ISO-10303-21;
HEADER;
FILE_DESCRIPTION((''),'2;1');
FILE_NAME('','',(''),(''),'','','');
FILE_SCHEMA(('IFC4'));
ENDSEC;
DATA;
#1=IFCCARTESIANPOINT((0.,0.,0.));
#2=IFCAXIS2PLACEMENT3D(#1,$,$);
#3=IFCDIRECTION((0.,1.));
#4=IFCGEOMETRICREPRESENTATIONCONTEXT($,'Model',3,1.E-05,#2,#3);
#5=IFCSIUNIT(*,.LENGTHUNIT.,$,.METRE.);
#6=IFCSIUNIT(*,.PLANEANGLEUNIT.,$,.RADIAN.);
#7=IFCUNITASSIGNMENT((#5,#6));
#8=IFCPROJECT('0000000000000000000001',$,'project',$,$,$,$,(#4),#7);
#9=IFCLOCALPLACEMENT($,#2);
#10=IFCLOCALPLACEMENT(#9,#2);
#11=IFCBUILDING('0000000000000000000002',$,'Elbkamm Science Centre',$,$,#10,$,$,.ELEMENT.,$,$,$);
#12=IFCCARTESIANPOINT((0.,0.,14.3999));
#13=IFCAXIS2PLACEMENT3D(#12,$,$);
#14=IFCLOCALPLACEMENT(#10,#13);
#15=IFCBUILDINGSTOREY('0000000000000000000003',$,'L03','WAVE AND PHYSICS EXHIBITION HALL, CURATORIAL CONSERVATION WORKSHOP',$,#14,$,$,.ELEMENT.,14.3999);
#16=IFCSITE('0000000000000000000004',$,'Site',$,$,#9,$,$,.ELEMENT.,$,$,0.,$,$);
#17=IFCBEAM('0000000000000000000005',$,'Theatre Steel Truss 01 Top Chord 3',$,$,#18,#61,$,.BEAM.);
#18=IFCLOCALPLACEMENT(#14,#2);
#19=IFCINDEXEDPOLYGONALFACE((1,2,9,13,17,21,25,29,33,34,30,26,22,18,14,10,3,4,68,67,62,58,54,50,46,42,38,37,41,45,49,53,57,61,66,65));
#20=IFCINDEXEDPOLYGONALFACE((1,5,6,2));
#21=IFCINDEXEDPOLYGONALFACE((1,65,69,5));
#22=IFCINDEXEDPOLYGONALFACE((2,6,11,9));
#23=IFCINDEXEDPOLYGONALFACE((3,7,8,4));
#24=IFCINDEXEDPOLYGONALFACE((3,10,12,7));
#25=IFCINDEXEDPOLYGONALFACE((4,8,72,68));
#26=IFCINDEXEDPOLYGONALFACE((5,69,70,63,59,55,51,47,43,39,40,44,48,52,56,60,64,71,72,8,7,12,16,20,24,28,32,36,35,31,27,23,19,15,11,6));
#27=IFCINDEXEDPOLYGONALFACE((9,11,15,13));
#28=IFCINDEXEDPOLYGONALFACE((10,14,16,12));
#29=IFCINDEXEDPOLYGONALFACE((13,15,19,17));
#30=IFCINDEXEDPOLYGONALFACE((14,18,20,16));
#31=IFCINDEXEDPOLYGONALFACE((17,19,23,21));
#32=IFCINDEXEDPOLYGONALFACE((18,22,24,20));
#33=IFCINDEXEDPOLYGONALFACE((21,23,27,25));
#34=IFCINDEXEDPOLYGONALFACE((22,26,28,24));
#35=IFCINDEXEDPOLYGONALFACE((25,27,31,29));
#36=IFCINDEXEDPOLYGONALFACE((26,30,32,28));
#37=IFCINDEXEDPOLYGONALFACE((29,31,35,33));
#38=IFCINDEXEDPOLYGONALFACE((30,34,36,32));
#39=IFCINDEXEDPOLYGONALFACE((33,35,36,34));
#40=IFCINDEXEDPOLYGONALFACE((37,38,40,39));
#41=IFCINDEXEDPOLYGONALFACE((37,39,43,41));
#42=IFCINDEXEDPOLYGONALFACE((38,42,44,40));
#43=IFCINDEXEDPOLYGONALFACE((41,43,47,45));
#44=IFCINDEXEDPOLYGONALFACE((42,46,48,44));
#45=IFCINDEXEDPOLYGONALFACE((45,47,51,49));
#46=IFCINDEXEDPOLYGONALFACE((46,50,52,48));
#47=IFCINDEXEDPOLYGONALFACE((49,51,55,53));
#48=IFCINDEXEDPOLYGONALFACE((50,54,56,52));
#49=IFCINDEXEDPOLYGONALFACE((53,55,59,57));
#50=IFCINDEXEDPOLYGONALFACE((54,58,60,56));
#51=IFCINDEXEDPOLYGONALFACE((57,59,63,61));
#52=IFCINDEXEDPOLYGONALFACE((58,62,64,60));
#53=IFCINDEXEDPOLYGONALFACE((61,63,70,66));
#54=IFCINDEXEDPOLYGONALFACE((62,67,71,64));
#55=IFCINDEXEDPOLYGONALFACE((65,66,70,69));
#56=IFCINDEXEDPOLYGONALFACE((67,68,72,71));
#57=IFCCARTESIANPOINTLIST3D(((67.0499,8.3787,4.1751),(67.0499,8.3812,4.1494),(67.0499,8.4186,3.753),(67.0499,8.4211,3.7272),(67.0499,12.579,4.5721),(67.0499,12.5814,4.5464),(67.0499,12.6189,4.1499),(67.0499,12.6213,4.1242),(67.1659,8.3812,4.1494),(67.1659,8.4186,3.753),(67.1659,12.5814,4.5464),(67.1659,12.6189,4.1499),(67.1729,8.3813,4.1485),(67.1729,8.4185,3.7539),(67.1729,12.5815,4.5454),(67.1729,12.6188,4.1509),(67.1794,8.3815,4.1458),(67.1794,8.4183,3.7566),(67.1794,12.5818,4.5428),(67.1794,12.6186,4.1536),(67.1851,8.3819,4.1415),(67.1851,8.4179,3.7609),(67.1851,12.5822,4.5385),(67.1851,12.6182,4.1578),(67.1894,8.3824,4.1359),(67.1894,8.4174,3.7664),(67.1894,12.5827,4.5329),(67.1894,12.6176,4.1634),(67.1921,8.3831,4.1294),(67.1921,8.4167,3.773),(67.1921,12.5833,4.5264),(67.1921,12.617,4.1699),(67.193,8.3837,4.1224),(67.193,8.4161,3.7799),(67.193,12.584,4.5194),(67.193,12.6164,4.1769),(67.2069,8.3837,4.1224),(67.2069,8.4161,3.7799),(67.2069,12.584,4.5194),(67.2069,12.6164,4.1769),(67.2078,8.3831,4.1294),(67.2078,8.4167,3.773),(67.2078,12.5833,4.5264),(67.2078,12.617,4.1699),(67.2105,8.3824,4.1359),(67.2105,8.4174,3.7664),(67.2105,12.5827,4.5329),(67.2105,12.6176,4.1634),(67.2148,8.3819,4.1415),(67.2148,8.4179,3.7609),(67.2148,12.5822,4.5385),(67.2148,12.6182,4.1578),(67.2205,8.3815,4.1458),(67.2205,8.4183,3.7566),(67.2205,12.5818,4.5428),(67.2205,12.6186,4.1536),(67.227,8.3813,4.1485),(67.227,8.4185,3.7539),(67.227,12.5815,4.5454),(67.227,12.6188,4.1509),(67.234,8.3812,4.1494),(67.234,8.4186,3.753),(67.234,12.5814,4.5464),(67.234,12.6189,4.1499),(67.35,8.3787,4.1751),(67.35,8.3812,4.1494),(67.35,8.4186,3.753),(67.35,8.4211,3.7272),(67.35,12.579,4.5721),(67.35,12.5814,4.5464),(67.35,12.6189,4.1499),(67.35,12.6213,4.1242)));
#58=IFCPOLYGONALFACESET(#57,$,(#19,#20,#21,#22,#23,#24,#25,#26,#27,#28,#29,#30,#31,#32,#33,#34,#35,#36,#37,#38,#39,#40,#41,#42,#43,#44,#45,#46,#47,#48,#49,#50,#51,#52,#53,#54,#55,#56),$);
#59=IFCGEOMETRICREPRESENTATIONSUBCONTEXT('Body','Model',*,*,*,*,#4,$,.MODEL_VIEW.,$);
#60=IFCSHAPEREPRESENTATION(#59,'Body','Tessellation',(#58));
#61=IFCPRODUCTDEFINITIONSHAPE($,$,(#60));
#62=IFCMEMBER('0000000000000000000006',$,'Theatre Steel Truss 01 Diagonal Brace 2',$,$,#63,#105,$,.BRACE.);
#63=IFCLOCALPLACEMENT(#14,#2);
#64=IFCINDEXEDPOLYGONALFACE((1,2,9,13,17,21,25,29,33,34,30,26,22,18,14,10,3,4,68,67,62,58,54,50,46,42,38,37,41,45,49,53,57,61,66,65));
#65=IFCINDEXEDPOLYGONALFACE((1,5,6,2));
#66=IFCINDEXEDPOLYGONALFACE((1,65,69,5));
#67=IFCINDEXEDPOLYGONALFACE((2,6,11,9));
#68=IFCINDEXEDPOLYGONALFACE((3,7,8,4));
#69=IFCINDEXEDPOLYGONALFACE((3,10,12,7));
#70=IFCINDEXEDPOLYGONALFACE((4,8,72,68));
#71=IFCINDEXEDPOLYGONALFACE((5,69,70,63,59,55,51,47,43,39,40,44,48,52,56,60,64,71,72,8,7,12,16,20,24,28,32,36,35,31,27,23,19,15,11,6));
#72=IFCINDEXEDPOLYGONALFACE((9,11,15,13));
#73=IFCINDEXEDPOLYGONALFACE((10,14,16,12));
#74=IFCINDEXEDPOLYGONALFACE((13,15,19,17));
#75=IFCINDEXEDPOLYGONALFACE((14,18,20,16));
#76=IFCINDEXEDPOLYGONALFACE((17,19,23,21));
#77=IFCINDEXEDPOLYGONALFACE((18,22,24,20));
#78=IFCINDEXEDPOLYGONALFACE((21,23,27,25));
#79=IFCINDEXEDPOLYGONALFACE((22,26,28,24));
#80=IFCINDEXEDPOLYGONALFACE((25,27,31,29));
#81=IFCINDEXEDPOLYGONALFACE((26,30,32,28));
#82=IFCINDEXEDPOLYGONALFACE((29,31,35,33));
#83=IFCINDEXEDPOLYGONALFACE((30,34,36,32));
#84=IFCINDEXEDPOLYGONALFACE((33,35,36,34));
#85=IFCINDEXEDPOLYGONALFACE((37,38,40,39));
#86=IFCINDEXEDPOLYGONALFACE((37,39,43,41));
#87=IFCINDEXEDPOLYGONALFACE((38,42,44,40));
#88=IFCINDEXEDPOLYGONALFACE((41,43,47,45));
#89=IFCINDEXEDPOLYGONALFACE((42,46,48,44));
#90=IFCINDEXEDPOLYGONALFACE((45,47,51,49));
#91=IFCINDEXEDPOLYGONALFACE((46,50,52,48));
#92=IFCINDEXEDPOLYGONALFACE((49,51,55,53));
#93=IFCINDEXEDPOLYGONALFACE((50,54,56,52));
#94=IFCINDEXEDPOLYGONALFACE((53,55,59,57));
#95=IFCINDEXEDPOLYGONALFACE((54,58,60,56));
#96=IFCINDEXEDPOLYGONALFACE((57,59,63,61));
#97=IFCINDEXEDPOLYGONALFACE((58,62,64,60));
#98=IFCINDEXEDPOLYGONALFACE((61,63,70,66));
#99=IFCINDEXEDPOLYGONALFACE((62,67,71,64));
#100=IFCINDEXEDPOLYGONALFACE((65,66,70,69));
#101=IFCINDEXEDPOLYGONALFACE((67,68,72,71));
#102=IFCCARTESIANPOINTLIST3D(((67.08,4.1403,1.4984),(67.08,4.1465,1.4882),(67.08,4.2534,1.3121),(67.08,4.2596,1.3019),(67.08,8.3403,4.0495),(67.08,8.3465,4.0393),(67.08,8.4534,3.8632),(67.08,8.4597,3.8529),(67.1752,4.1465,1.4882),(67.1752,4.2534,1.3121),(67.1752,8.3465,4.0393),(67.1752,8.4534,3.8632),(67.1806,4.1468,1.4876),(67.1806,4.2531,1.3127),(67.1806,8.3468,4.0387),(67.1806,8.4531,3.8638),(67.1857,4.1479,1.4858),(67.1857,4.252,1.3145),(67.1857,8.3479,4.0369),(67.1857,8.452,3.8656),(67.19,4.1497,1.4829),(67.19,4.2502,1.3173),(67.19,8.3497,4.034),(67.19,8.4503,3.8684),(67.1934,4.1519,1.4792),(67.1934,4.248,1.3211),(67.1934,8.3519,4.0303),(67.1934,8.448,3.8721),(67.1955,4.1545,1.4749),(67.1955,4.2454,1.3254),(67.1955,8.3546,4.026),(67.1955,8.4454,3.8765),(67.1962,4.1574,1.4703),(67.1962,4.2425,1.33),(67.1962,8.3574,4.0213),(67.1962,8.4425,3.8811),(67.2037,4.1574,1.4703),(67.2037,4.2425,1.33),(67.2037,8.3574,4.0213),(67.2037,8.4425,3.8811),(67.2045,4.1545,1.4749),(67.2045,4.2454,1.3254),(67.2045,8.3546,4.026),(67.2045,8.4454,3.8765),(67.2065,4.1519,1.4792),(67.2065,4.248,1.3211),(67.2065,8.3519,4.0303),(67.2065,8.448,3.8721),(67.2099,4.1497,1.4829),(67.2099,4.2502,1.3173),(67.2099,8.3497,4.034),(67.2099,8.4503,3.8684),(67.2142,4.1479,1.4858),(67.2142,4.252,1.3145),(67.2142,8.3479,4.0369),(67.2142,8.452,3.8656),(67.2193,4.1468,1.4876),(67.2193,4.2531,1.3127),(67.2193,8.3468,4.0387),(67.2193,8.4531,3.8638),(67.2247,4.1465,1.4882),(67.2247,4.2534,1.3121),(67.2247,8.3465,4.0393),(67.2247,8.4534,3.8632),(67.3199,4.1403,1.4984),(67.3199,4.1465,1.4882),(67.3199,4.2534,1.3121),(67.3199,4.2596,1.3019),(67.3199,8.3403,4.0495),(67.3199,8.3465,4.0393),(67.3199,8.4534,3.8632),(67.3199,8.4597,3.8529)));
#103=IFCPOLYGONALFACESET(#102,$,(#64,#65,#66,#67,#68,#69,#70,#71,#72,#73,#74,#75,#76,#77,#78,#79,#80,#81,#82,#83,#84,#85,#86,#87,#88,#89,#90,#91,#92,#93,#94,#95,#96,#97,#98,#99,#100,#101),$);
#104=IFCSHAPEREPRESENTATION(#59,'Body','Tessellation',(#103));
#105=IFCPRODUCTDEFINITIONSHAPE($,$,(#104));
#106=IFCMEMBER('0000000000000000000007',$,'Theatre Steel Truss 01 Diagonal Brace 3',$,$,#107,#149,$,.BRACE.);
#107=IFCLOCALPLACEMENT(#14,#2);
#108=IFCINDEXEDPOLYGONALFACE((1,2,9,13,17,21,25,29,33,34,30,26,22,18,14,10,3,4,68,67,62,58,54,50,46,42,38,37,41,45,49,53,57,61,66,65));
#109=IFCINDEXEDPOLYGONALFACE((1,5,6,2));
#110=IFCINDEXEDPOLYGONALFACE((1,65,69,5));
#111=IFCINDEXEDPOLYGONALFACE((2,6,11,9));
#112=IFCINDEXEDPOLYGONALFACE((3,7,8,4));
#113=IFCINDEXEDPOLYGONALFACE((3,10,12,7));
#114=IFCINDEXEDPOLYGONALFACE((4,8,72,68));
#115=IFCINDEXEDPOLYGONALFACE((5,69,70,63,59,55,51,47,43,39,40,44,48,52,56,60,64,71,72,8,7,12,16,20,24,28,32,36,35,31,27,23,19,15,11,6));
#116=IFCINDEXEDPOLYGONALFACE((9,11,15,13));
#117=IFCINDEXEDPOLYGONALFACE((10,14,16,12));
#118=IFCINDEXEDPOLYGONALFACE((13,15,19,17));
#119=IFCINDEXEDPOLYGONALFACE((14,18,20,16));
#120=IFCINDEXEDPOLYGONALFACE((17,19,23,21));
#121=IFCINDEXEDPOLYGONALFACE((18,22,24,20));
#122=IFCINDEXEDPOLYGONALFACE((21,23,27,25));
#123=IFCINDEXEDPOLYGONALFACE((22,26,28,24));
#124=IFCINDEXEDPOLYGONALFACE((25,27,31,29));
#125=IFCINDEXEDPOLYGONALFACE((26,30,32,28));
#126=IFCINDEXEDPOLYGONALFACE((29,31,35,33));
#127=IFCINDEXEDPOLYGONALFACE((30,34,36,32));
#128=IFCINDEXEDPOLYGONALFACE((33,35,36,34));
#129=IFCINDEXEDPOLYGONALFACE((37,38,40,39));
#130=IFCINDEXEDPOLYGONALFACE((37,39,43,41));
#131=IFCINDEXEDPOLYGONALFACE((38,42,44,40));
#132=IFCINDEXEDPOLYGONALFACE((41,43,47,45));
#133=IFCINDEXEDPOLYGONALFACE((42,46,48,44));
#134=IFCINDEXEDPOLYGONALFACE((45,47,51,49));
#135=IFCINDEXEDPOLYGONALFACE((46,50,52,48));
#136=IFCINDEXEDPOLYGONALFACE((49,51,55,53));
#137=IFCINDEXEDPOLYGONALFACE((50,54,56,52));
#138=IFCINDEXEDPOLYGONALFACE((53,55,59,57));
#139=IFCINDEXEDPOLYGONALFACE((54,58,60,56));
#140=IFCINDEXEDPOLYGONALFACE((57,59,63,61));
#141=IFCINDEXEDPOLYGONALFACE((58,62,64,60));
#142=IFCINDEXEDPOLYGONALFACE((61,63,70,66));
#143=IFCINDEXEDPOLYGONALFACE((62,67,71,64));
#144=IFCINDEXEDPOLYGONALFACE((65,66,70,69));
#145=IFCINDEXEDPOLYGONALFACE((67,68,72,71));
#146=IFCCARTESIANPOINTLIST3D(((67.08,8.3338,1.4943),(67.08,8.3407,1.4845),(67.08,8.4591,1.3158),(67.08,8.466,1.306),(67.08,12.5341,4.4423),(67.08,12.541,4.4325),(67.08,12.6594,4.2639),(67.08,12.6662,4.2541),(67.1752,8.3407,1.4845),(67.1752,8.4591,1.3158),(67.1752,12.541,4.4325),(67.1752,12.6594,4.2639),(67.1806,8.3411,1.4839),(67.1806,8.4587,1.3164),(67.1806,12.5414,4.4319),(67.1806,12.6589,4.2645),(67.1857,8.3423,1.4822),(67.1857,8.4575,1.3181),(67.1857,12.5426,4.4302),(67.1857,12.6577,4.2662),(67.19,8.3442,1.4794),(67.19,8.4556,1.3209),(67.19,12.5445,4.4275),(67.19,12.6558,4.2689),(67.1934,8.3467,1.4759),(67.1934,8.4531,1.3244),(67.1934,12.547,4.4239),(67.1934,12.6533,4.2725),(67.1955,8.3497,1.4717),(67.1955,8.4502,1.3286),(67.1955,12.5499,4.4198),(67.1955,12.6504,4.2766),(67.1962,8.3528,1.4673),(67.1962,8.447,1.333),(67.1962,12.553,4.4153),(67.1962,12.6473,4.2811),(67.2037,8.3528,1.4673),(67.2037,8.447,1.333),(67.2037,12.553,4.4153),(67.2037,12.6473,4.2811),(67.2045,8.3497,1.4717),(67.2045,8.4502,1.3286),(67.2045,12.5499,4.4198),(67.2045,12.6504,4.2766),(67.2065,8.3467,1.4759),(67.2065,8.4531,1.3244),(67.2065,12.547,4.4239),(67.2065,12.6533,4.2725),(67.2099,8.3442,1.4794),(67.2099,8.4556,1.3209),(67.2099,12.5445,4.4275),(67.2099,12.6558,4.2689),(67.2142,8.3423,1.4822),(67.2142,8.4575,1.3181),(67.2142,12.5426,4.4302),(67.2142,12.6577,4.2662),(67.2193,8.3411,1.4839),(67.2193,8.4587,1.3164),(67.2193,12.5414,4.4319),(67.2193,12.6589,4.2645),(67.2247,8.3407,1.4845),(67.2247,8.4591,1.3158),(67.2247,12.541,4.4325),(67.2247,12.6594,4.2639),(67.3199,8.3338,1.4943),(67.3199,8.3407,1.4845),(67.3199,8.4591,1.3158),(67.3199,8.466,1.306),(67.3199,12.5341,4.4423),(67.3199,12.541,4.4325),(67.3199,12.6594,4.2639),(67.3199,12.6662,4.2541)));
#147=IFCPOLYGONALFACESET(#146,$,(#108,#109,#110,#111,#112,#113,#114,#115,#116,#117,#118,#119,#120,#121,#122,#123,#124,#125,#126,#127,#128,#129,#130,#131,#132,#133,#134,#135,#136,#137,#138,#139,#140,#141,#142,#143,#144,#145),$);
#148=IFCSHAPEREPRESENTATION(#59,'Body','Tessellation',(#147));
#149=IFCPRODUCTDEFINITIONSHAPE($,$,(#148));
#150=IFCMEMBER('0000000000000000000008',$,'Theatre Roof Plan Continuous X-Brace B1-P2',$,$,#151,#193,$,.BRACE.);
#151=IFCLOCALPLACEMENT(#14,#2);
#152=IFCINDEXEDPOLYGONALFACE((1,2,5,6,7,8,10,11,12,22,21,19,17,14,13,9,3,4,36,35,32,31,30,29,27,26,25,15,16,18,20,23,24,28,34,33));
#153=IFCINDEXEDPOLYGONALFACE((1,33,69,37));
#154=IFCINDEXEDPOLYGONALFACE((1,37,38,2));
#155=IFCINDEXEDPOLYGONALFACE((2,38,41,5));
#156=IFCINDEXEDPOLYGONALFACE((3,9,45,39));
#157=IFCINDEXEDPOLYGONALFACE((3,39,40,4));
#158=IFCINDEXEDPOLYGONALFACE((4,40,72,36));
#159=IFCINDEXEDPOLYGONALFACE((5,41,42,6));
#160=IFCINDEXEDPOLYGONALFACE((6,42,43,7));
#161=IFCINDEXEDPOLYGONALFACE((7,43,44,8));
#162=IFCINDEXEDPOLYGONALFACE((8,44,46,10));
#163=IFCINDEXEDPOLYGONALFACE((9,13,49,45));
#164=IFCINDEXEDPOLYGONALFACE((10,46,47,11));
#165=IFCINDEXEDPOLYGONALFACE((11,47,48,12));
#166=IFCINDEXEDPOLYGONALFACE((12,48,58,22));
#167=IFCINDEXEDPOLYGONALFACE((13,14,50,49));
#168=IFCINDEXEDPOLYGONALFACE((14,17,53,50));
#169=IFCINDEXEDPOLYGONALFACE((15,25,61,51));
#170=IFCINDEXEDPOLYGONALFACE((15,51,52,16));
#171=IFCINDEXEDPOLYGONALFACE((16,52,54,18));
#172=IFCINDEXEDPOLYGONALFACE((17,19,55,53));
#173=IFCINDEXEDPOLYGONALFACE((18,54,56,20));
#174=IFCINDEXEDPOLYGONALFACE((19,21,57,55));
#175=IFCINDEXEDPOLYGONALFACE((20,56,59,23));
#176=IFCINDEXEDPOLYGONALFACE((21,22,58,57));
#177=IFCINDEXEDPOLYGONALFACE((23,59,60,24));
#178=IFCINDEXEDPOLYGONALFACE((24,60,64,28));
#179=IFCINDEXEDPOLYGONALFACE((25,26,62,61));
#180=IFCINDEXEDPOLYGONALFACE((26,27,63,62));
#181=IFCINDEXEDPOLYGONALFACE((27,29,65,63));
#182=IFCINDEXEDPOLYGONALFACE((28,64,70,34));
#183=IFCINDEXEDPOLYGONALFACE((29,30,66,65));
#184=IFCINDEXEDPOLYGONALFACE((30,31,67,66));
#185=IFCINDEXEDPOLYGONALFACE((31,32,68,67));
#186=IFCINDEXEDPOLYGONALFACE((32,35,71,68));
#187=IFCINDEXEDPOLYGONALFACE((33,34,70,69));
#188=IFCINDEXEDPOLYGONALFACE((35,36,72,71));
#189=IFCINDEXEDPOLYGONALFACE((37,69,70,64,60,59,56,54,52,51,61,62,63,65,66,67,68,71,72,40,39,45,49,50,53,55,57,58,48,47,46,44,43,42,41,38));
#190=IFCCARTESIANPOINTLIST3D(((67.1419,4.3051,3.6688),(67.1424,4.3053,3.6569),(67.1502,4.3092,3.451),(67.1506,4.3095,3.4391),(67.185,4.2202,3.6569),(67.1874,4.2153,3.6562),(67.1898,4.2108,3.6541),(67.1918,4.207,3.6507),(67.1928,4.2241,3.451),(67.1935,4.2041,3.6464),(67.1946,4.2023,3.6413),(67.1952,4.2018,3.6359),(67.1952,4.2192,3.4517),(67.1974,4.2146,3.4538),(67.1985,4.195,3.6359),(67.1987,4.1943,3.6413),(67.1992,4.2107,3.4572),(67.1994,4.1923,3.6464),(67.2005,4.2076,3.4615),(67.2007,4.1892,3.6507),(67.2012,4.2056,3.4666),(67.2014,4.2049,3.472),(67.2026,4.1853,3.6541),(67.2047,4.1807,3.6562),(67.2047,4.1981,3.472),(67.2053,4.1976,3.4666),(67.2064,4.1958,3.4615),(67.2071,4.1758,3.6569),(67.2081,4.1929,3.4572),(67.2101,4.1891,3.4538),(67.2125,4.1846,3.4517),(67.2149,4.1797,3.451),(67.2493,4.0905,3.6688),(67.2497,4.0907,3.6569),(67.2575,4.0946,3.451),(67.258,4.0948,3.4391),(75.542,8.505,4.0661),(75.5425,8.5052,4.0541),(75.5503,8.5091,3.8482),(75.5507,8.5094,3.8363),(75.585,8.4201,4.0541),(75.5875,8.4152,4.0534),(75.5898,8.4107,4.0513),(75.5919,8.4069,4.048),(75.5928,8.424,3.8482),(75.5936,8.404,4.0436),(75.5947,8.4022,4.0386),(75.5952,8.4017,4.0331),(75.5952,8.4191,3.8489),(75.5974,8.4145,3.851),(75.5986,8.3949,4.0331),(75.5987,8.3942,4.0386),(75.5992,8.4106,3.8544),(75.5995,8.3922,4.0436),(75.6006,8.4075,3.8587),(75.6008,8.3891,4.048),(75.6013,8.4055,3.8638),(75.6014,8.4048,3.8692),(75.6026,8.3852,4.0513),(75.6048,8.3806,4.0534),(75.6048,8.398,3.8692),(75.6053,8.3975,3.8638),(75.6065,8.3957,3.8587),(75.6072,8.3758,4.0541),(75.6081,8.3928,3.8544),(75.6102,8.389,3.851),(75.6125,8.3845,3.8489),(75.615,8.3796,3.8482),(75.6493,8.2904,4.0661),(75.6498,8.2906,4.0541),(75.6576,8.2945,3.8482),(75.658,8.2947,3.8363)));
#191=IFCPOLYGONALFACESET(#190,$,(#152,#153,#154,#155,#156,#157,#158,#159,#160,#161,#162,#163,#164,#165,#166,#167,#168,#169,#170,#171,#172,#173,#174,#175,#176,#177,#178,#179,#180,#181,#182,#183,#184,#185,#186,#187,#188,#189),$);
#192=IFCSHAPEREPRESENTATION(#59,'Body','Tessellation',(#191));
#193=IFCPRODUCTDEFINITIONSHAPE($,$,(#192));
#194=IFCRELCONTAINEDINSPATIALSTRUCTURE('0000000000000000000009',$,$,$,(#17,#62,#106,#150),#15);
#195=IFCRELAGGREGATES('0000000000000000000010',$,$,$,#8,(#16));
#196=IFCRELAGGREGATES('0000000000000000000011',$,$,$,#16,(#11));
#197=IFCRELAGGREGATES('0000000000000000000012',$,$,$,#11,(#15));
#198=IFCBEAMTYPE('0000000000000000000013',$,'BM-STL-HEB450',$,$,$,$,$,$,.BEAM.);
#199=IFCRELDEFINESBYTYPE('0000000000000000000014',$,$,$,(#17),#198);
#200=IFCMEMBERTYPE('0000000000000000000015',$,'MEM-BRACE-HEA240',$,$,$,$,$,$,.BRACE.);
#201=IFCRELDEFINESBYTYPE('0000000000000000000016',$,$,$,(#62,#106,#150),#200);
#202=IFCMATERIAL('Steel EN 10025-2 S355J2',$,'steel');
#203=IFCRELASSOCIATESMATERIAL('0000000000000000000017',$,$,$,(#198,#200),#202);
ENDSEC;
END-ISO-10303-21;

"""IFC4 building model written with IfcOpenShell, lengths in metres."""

from ifc_helpers import new_model, si_unit, direction, frame, origin, origin_2d, place, context, subcontext, project, spatial, i_section, extrude, material, material_profile, profile_set, type_object, element, save


model = new_model("IFC4")

# Units and contexts
model_context = context("Model", 3, precision=1e-05, world=origin(), true_north=direction((0.0, 1.0)))
body_context = subcontext(model_context, "Body", "Model", "MODEL_VIEW")
ifc_project = project(units=[si_unit("LENGTHUNIT", "METRE"), si_unit("PLANEANGLEUNIT", "RADIAN")], contexts=[model_context])

# Site, building, storey
site_placement = place(None, origin())
site = spatial("IfcSite", under=ifc_project, at=site_placement, Name="Site", CompositionType="ELEMENT", RefElevation=0.0)
building_placement = place(site_placement, origin())
building = spatial("IfcBuilding", under=site, at=building_placement, Name="Elbkamm Science Centre", CompositionType="ELEMENT")
storey_placement = place(building_placement, frame((0.0, 0.0, 14.3999)))
storey = spatial("IfcBuildingStorey", under=building, at=storey_placement, Name="L03", Description="WAVE AND PHYSICS EXHIBITION HALL, CURATORIAL CONSERVATION WORKSHOP", CompositionType="ELEMENT", Elevation=14.3999)

# Beam
ifc_material_1 = material(Name="Steel EN 10025-2 S355J2", Category="steel")
ifc_material_profile_1 = material_profile(ifc_material_1, i_section(OverallWidth=0.3, OverallDepth=0.45, WebThickness=0.0139, FlangeThickness=0.0259, FilletRadius=0.0271, at=origin_2d()), Name="HEB 450")
ifc_profile_set_1 = profile_set([ifc_material_profile_1], Name="Steel EN 10025-2 S355J2")
beam_type_1 = type_object("IfcBeamType", Name="BM-STL-HEB450", PredefinedType="BEAM", material=ifc_profile_set_1)
beam_1_placement = place(storey_placement, frame((67.2, 8.3999, 3.9512), z_axis=(0.0, 0.995563, 0.094094), x_axis=(-1.0, 0.0, 0.0)))
element("IfcBeam", 1, at=beam_1_placement, inside=storey, type_object=beam_type_1, Name="Theatre Steel Truss 01 Top Chord 3", PredefinedType="BEAM", context=body_context, shape_type="SweptSolid", body=[
    extrude(i_section(OverallWidth=0.3, OverallDepth=0.45, WebThickness=0.0139, FlangeThickness=0.0259, FilletRadius=0.0271, at=origin_2d()), origin(), (0.0, 0.0, 1.0), 4.219),
])

# Members
ifc_material_profile_2 = material_profile(ifc_material_1, i_section(OverallWidth=0.24, OverallDepth=0.23, WebThickness=0.0076, FlangeThickness=0.012, FilletRadius=0.021, at=origin_2d()), Name="HEA 240")
ifc_profile_set_2 = profile_set([ifc_material_profile_2], Name="Steel EN 10025-2 S355J2")
member_type_1 = type_object("IfcMemberType", Name="MEM-BRACE-HEA240", PredefinedType="BRACE", material=ifc_profile_set_2)
member_1_placement = place(storey_placement, frame((67.2, 4.2, 1.4001), z_axis=(0.0, 0.854692, 0.519135), x_axis=(-1.0, 0.0, 0.0)))
element("IfcMember", 2, at=member_1_placement, inside=storey, type_object=member_type_1, Name="Theatre Steel Truss 01 Diagonal Brace 2", PredefinedType="BRACE", context=body_context, shape_type="SweptSolid", body=[
    extrude(i_section(OverallWidth=0.24, OverallDepth=0.23, WebThickness=0.0076, FlangeThickness=0.012, FilletRadius=0.021, at=origin_2d()), origin(), (0.0, 0.0, 1.0), 4.9141),
])
member_2_placement = place(storey_placement, frame((67.2, 8.3999, 1.4001), z_axis=(0.0, 0.818512, 0.57449), x_axis=(-1.0, 0.0, 0.0)))
element("IfcMember", 3, at=member_2_placement, inside=storey, type_object=member_type_1, Name="Theatre Steel Truss 01 Diagonal Brace 3", PredefinedType="BRACE", context=body_context, shape_type="SweptSolid", body=[
    extrude(i_section(OverallWidth=0.24, OverallDepth=0.23, WebThickness=0.0076, FlangeThickness=0.012, FilletRadius=0.021, at=origin_2d()), origin(), (0.0, 0.0, 1.0), 5.1316),
])
member_3_placement = place(storey_placement, frame((67.2, 4.2, 3.554), z_axis=(0.893633, 0.446804, 0.042257), x_axis=(-0.447203, 0.894432, 0.0)))
element("IfcMember", 4, at=member_3_placement, inside=storey, type_object=member_type_1, Name="Theatre Roof Plan Continuous X-Brace B1-P2", PredefinedType="BRACE", context=body_context, shape_type="SweptSolid", body=[
    extrude(i_section(OverallWidth=0.24, OverallDepth=0.23, WebThickness=0.0076, FlangeThickness=0.012, FilletRadius=0.021, at=origin_2d()), origin(), (0.0, 0.0, 1.0), 9.3999),
])

save(model, "model.ifc")
